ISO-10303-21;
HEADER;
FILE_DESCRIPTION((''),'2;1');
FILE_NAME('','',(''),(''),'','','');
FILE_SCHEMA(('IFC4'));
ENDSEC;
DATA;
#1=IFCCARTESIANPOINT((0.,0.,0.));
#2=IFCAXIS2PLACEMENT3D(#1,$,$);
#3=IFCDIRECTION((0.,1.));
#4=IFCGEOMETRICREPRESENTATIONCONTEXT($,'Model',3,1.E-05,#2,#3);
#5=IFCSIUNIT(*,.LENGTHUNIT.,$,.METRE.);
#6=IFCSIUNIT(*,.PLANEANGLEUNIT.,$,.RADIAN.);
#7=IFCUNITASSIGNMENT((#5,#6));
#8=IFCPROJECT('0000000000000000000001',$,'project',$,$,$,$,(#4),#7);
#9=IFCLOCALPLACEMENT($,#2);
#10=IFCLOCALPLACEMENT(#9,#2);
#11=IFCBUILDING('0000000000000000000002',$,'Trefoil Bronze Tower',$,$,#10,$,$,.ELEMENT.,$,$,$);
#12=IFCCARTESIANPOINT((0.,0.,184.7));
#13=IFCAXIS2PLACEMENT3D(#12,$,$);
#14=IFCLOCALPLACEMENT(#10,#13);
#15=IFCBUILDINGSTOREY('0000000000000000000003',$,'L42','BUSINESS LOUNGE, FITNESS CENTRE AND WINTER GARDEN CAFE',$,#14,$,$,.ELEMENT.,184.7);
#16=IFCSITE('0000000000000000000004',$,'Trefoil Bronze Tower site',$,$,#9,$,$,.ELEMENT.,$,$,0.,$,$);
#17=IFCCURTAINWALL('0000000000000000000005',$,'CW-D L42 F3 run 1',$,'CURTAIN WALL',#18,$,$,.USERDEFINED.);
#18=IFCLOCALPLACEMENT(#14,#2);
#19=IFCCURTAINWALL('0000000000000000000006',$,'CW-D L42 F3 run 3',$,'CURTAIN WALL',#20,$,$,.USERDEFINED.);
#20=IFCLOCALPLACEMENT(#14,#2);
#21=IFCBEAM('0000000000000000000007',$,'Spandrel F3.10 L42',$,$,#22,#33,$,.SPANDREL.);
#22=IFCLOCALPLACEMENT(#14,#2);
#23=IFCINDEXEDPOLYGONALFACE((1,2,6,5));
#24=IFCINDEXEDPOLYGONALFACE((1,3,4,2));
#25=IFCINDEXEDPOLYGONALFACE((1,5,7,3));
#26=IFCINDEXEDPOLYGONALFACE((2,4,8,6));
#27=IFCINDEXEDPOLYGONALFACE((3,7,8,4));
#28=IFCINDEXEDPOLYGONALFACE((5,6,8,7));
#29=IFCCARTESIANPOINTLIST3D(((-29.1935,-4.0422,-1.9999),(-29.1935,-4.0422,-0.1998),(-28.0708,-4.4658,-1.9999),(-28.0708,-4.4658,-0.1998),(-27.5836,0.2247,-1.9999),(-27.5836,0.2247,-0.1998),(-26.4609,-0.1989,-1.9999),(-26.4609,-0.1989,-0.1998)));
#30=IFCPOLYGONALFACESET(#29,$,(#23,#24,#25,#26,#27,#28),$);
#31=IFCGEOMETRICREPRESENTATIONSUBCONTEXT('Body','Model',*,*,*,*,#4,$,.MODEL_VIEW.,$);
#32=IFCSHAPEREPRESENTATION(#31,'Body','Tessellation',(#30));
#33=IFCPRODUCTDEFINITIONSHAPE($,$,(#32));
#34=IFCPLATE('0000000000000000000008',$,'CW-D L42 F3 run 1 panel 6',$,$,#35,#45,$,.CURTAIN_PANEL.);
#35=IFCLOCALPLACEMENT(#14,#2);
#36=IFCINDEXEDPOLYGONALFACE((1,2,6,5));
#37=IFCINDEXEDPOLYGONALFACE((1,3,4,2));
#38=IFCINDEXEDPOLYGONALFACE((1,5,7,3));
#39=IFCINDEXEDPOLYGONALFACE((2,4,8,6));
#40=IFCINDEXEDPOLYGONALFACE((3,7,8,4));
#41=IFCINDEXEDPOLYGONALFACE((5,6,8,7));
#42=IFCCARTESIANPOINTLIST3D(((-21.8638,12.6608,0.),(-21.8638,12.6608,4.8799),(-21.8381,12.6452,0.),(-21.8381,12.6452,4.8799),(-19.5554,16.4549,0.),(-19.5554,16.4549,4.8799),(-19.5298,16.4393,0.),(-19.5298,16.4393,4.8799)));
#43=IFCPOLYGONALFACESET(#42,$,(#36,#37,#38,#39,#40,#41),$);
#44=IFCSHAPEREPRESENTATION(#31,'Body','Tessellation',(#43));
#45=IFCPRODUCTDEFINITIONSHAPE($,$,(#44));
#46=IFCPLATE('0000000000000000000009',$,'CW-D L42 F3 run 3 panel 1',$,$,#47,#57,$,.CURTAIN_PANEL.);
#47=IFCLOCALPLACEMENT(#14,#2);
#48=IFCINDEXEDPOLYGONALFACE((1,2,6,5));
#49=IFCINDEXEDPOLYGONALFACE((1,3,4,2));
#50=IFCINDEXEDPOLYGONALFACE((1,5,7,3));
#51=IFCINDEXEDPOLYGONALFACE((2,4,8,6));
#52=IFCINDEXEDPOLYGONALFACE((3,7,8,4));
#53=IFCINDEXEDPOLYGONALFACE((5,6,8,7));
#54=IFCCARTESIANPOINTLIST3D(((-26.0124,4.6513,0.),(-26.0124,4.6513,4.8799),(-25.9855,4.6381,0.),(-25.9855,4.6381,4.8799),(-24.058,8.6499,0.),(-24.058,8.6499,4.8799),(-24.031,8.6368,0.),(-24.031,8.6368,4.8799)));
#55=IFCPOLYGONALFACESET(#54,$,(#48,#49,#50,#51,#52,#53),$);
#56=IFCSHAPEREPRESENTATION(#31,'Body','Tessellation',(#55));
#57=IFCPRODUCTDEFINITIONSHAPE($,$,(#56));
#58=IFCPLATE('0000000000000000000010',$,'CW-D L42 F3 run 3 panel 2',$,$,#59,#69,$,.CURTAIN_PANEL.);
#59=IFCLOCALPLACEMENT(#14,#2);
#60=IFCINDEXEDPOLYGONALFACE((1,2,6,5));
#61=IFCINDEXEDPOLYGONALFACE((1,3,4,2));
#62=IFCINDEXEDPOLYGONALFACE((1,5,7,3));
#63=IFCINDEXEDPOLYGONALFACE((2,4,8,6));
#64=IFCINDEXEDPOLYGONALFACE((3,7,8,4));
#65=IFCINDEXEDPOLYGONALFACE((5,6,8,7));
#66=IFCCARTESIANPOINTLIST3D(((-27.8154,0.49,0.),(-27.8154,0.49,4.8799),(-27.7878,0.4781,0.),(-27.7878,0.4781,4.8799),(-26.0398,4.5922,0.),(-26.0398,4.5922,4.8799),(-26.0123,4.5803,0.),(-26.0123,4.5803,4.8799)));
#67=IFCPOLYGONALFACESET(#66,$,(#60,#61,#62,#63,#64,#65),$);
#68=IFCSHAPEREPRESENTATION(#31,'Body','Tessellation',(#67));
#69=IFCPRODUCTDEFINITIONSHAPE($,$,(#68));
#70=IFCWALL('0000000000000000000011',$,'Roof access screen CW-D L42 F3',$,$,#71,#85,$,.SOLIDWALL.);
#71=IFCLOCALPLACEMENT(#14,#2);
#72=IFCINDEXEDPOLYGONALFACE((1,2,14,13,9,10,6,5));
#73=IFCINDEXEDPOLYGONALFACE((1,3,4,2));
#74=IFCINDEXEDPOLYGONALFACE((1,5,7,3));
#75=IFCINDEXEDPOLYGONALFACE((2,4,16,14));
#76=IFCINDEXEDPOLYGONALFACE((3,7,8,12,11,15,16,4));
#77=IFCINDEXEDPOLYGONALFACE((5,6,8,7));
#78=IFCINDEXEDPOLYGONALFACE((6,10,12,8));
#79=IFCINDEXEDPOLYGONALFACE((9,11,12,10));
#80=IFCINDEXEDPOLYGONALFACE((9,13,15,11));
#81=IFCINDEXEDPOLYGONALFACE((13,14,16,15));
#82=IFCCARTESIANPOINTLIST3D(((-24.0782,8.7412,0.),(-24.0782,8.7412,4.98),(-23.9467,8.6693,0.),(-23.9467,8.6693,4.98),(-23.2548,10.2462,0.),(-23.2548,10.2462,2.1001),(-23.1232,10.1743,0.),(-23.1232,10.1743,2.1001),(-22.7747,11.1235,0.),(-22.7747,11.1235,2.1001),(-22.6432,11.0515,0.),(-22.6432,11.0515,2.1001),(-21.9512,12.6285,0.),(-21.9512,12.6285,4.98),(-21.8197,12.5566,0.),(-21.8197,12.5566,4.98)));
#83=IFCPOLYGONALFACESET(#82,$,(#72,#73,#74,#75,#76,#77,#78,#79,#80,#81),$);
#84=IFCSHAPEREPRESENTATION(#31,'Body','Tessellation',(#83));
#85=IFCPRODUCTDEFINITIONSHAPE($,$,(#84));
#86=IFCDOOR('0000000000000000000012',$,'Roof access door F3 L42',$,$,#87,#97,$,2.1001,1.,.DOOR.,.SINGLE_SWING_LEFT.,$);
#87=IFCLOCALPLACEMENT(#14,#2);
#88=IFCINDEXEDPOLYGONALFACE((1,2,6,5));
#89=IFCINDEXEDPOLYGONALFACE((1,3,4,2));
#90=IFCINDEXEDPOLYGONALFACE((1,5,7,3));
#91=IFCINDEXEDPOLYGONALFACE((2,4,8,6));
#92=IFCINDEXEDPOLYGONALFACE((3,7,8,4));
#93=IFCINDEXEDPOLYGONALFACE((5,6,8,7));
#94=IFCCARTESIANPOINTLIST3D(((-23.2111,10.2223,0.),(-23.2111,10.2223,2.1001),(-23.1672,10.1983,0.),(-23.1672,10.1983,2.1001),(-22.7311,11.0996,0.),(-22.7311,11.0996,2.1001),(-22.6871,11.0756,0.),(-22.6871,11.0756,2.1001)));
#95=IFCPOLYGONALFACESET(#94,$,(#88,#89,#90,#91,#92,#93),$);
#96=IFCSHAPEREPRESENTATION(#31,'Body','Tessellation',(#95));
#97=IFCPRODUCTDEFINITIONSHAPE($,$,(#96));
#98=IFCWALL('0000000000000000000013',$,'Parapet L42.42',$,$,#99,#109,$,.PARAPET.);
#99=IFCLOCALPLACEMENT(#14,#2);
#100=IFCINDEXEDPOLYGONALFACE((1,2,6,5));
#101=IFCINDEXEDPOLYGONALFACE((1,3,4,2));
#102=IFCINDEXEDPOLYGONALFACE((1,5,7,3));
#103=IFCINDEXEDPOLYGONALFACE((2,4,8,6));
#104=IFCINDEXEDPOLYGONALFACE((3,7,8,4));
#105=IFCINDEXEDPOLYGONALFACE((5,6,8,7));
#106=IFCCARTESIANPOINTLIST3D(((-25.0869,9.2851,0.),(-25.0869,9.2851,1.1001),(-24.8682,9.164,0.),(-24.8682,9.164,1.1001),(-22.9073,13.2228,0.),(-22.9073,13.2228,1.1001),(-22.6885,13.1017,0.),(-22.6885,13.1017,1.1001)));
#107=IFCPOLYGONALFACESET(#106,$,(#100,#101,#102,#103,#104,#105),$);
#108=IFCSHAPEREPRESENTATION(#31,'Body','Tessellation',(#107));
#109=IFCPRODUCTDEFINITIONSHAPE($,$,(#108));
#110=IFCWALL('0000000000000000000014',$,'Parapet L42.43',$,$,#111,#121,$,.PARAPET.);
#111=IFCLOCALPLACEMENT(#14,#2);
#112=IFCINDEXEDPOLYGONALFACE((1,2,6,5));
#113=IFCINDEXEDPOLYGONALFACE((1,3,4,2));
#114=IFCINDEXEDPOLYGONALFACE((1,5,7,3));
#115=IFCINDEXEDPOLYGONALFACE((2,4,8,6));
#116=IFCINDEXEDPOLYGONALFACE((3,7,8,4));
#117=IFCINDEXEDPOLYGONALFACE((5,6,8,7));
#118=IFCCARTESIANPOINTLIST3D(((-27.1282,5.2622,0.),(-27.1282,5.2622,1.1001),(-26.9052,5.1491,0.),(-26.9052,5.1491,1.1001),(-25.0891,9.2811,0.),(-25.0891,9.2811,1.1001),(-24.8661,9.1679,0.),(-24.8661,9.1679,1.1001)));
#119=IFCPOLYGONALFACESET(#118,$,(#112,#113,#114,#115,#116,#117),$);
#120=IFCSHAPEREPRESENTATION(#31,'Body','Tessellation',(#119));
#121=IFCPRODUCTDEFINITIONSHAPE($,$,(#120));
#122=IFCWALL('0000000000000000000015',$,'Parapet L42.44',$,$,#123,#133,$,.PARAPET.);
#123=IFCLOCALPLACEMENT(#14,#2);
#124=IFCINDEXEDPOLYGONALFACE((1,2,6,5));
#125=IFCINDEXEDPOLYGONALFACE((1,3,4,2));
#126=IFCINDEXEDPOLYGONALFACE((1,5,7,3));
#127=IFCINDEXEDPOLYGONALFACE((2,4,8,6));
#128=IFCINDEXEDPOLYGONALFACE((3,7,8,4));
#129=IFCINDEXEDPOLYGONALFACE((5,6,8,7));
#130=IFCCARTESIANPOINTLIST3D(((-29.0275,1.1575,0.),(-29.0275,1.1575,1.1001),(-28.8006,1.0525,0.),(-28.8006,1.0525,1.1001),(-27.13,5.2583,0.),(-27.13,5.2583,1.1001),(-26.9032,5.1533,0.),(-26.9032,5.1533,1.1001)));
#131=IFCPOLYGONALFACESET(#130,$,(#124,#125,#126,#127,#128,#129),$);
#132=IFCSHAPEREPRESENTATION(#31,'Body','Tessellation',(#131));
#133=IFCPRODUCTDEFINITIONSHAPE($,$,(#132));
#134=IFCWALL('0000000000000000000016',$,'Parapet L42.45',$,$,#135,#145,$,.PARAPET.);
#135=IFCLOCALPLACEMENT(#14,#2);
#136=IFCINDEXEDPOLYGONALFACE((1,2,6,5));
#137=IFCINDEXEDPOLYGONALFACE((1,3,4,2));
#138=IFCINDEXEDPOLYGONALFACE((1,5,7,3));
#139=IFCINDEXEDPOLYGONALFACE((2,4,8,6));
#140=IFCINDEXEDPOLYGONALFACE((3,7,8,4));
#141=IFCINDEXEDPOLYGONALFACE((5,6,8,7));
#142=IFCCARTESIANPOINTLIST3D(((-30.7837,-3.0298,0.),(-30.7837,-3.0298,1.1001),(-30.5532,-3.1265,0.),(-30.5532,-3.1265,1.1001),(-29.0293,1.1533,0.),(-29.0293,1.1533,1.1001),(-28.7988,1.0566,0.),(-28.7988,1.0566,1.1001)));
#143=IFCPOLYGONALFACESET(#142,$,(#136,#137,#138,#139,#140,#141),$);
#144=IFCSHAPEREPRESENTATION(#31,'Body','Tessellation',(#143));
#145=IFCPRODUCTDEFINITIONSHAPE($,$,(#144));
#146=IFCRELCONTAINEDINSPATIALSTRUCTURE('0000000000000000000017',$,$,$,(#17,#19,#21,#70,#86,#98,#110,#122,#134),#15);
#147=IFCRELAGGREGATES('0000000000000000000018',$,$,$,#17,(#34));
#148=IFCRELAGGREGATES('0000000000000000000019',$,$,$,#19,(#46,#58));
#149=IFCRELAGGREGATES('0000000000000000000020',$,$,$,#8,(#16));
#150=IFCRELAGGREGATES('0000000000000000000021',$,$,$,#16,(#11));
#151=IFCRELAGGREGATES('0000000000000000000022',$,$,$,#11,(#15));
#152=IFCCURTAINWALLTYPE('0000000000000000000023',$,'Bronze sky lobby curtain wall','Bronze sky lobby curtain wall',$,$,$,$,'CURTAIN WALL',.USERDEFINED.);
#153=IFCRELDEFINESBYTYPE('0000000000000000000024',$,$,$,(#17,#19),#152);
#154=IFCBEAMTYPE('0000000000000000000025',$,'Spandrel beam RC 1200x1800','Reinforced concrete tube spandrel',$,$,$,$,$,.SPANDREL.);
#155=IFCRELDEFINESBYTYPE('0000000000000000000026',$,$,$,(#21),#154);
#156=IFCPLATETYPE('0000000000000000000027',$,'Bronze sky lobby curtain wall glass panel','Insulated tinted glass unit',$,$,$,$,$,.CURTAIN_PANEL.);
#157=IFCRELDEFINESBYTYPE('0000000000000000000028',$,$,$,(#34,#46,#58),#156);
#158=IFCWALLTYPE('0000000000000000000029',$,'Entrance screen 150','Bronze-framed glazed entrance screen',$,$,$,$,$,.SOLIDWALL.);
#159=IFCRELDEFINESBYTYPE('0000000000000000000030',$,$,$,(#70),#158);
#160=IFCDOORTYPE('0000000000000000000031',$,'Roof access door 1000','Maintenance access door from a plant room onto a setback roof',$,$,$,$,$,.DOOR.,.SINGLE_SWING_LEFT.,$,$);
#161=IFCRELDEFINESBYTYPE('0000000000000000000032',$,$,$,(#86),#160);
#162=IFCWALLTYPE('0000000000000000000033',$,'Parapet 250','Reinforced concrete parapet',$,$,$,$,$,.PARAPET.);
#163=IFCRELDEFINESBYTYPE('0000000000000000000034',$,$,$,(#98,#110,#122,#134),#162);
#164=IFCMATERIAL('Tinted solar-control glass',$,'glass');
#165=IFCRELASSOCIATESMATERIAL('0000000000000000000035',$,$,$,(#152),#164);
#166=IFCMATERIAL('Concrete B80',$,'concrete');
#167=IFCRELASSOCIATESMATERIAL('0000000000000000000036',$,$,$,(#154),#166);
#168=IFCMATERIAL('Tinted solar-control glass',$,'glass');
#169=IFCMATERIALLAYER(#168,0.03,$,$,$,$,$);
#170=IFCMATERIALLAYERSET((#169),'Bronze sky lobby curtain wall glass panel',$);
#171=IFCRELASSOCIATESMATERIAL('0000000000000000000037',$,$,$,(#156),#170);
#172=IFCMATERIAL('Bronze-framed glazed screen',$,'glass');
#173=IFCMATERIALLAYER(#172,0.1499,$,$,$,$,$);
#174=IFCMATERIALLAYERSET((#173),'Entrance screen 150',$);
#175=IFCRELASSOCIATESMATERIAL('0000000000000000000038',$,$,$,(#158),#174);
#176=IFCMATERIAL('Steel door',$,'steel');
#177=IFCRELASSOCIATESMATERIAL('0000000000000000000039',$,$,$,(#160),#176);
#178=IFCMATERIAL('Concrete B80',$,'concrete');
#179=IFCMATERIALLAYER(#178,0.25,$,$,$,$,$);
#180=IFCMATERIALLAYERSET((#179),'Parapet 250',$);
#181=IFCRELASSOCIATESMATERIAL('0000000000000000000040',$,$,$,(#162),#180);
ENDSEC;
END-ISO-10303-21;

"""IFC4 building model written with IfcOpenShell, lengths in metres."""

from ifc_helpers import new_model, si_unit, direction, frame, frame_2d, origin, origin_2d, place, context, subcontext, project, spatial, rectangle, extrude, material, layer, layer_set, material_profile, profile_set, type_object, element, fill, aggregate, save


model = new_model("IFC4")

# Units and contexts
model_context = context("Model", 3, precision=1e-05, world=origin(), true_north=direction((0.0, 1.0)))
body_context = subcontext(model_context, "Body", "Model", "MODEL_VIEW")
ifc_project = project(units=[si_unit("LENGTHUNIT", "METRE"), si_unit("PLANEANGLEUNIT", "RADIAN")], contexts=[model_context])

# Site, building, storey
site_placement = place(None, origin())
site = spatial("IfcSite", under=ifc_project, at=site_placement, Name="Trefoil Bronze Tower site", CompositionType="ELEMENT", RefElevation=0.0)
building_placement = place(site_placement, origin())
building = spatial("IfcBuilding", under=site, at=building_placement, Name="Trefoil Bronze Tower", CompositionType="ELEMENT")
storey_placement = place(building_placement, frame((0.0, 0.0, 184.7)))
storey = spatial("IfcBuildingStorey", under=building, at=storey_placement, Name="L42", Description="BUSINESS LOUNGE, FITNESS CENTRE AND WINTER GARDEN CAFE", CompositionType="ELEMENT", Elevation=184.7)

# Curtain wall
ifc_material_1 = material(Name="Tinted solar-control glass", Category="glass")
curtain_wall_type = type_object("IfcCurtainWallType", Name="Bronze sky lobby curtain wall", Description="Bronze sky lobby curtain wall", ElementType="CURTAIN WALL", PredefinedType="USERDEFINED", material=ifc_material_1)
curtain_wall_1_placement = place(storey_placement, origin())
curtain_wall_1 = element("IfcCurtainWall", 1, at=curtain_wall_1_placement, inside=storey, type_object=curtain_wall_type, Name="CW-D L42 F3 run 1", ObjectType="CURTAIN WALL", PredefinedType="USERDEFINED")

# Curtain wall
curtain_wall_2_placement = place(storey_placement, origin())
curtain_wall_2 = element("IfcCurtainWall", 2, at=curtain_wall_2_placement, inside=storey, type_object=curtain_wall_type, Name="CW-D L42 F3 run 3", ObjectType="CURTAIN WALL", PredefinedType="USERDEFINED")

# Beam
ifc_material_2 = material(Name="Concrete B80", Category="concrete")
ifc_material_profile_1 = material_profile(ifc_material_2, rectangle(XDim=1.2, YDim=1.8, at=origin_2d()), Name="RC 1200x1800")
ifc_profile_set_1 = profile_set([ifc_material_profile_1], Name="Concrete B80")
beam_type_1 = type_object("IfcBeamType", Name="Spandrel beam RC 1200x1800", Description="Reinforced concrete tube spandrel", PredefinedType="SPANDREL", material=ifc_profile_set_1)
beam_1_placement = place(storey_placement, frame((-27.0222, 0.0129, -1.0999), z_axis=(-0.353006, -0.935621, 0.0), x_axis=(0.935621, -0.353006, 0.0)))
element("IfcBeam", 3, at=beam_1_placement, inside=storey, type_object=beam_type_1, Name="Spandrel F3.10 L42", PredefinedType="SPANDREL", context=body_context, shape_type="SweptSolid", body=[
    extrude(rectangle(XDim=1.2, YDim=1.8, at=origin_2d()), origin(), (0.0, 0.0, 1.0), 4.5605),
])

# Plates
ifc_material_3 = material(Name="Tinted solar-control glass", Category="glass")
ifc_layer_1 = layer(ifc_material_3, 0.03)
ifc_layer_set_1 = layer_set([ifc_layer_1], Name="Bronze sky lobby curtain wall glass panel")
plate_type = type_object("IfcPlateType", Name="Bronze sky lobby curtain wall glass panel", Description="Insulated tinted glass unit", PredefinedType="CURTAIN_PANEL", material=ifc_layer_set_1)
plate_1_placement = place(storey_placement, frame((-20.6968, 14.55, 0.0), z_axis=(0.0, 0.0, 1.0), x_axis=(-0.519762, -0.854311, 0.0)))
plate_1 = element("IfcPlate", 4, at=plate_1_placement, type_object=plate_type, Name="CW-D L42 F3 run 1 panel 6", PredefinedType="CURTAIN_PANEL", context=body_context, shape_type="SweptSolid", body=[
    extrude(rectangle(XDim=4.4412, YDim=0.03, at=origin_2d()), origin(), (0.0, 0.0, 1.0), 4.8799),
])
aggregate(curtain_wall_1, [plate_1])
plate_2_placement = place(storey_placement, frame((-25.0217, 6.644, 0.0), z_axis=(0.0, 0.0, 1.0), x_axis=(-0.439129, -0.898424, 0.0)))
plate_2 = element("IfcPlate", 5, at=plate_2_placement, type_object=plate_type, Name="CW-D L42 F3 run 3 panel 1", PredefinedType="CURTAIN_PANEL", context=body_context, shape_type="SweptSolid", body=[
    extrude(rectangle(XDim=4.4507, YDim=0.03, at=origin_2d()), origin(), (0.0, 0.0, 1.0), 4.8799),
])
plate_3_placement = place(storey_placement, frame((-26.9138, 2.5352, 0.0), z_axis=(0.0, 0.0, 1.0), x_axis=(-0.39722, -0.917723, 0.0)))
plate_3 = element("IfcPlate", 6, at=plate_3_placement, type_object=plate_type, Name="CW-D L42 F3 run 3 panel 2", PredefinedType="CURTAIN_PANEL", context=body_context, shape_type="SweptSolid", body=[
    extrude(rectangle(XDim=4.47, YDim=0.03, at=origin_2d()), origin(), (0.0, 0.0, 1.0), 4.8799),
])
aggregate(curtain_wall_2, [plate_2, plate_3])

# Wall, opening, door
ifc_material_4 = material(Name="Bronze-framed glazed screen", Category="glass")
ifc_layer_2 = layer(ifc_material_4, 0.1499)
ifc_layer_set_2 = layer_set([ifc_layer_2], Name="Entrance screen 150")
wall_type_1 = type_object("IfcWallType", Name="Entrance screen 150", Description="Bronze-framed glazed entrance screen", PredefinedType="SOLIDWALL", material=ifc_layer_set_2)
wall_1_placement = place(storey_placement, frame((-21.8855, 12.5925, 0.0), z_axis=(0.0, 0.0, 1.0), x_axis=(-0.48001, -0.877263, 0.0)))
wall_1 = element("IfcWall", 7, at=wall_1_placement, inside=storey, type_object=wall_type_1, Name="Roof access screen CW-D L42 F3", PredefinedType="SOLIDWALL", context=body_context, shape_type="SweptSolid", body=[
    extrude(rectangle(XDim=4.4312, YDim=0.1499, at=frame_2d((2.2156, 0.0))), origin(), (0.0, 0.0, 1.0), 4.98),
])
opening_placement = place(wall_1_placement, frame((1.7156, 0.0, 0.0)))
opening = element("IfcOpeningElement", 8, at=opening_placement, cuts=wall_1, PredefinedType="OPENING", context=body_context, shape_type="SweptSolid", body=[
    extrude(rectangle(XDim=1.0, YDim=2.1001, at=frame_2d((0.5, 1.05))), frame((0.0, 0.085, 0.0), z_axis=(0.0, -1.0, 0.0), x_axis=(1.0, 0.0, 0.0)), (0.0, 0.0, 1.0), 0.1699),
])
ifc_material_5 = material(Name="Steel door", Category="steel")
door_type = type_object("IfcDoorType", Name="Roof access door 1000", Description="Maintenance access door from a plant room onto a setback roof", OperationType="SINGLE_SWING_LEFT", PredefinedType="DOOR", material=ifc_material_5)
door_placement = place(opening_placement, origin())
door = element("IfcDoor", 9, at=door_placement, inside=storey, type_object=door_type, Name="Roof access door F3 L42", OperationType="SINGLE_SWING_LEFT", OverallHeight=2.1001, OverallWidth=1.0, PredefinedType="DOOR", context=body_context, shape_type="SweptSolid", body=[
    extrude(rectangle(XDim=1.0, YDim=2.1001, at=frame_2d((0.5, 1.05))), frame((0.0, 0.0249, 0.0), z_axis=(0.0, -1.0, 0.0), x_axis=(1.0, 0.0, 0.0)), (0.0, 0.0, 1.0), 0.05),
])
fill(opening, door)

# Walls
ifc_material_6 = material(Name="Concrete B80", Category="concrete")
ifc_layer_3 = layer(ifc_material_6, 0.25)
ifc_layer_set_3 = layer_set([ifc_layer_3], Name="Parapet 250")
wall_type_2 = type_object("IfcWallType", Name="Parapet 250", Description="Reinforced concrete parapet", PredefinedType="PARAPET", material=ifc_layer_set_3)
wall_2_placement = place(storey_placement, frame((-22.7979, 13.1624, 0.0), z_axis=(0.0, 0.0, 1.0), x_axis=(-0.484293, -0.874906, 0.0)))
element("IfcWall", 10, at=wall_2_placement, inside=storey, type_object=wall_type_2, Name="Parapet L42.42", PredefinedType="PARAPET", context=body_context, shape_type="SweptSolid", body=[
    extrude(rectangle(XDim=4.5007, YDim=0.25, at=frame_2d((2.2505, 0.0))), origin(), (0.0, 0.0, 1.0), 1.1001),
])
wall_3_placement = place(storey_placement, frame((-24.9775, 9.2246, 0.0), z_axis=(0.0, 0.0, 1.0), x_axis=(-0.452472, -0.891779, 0.0)))
element("IfcWall", 11, at=wall_3_placement, inside=storey, type_object=wall_type_2, Name="Parapet L42.43", PredefinedType="PARAPET", context=body_context, shape_type="SweptSolid", body=[
    extrude(rectangle(XDim=4.5066, YDim=0.25, at=frame_2d((2.2534, 0.0))), origin(), (0.0, 0.0, 1.0), 1.1001),
])
wall_4_placement = place(storey_placement, frame((-27.0166, 5.2058, 0.0), z_axis=(0.0, 0.0, 1.0), x_axis=(-0.419928, -0.907557, 0.0)))
element("IfcWall", 12, at=wall_4_placement, inside=storey, type_object=wall_type_2, Name="Parapet L42.44", PredefinedType="PARAPET", context=body_context, shape_type="SweptSolid", body=[
    extrude(rectangle(XDim=4.5186, YDim=0.25, at=frame_2d((2.2593, 0.0))), origin(), (0.0, 0.0, 1.0), 1.1001),
])
wall_5_placement = place(storey_placement, frame((-28.9141, 1.105, 0.0), z_axis=(0.0, 0.0, 1.0), x_axis=(-0.386762, -0.92218, 0.0)))
element("IfcWall", 13, at=wall_5_placement, inside=storey, type_object=wall_type_2, Name="Parapet L42.45", PredefinedType="PARAPET", context=body_context, shape_type="SweptSolid", body=[
    extrude(rectangle(XDim=4.5361, YDim=0.25, at=frame_2d((2.2681, 0.0))), origin(), (0.0, 0.0, 1.0), 1.1001),
])

save(model, "model.ifc")
